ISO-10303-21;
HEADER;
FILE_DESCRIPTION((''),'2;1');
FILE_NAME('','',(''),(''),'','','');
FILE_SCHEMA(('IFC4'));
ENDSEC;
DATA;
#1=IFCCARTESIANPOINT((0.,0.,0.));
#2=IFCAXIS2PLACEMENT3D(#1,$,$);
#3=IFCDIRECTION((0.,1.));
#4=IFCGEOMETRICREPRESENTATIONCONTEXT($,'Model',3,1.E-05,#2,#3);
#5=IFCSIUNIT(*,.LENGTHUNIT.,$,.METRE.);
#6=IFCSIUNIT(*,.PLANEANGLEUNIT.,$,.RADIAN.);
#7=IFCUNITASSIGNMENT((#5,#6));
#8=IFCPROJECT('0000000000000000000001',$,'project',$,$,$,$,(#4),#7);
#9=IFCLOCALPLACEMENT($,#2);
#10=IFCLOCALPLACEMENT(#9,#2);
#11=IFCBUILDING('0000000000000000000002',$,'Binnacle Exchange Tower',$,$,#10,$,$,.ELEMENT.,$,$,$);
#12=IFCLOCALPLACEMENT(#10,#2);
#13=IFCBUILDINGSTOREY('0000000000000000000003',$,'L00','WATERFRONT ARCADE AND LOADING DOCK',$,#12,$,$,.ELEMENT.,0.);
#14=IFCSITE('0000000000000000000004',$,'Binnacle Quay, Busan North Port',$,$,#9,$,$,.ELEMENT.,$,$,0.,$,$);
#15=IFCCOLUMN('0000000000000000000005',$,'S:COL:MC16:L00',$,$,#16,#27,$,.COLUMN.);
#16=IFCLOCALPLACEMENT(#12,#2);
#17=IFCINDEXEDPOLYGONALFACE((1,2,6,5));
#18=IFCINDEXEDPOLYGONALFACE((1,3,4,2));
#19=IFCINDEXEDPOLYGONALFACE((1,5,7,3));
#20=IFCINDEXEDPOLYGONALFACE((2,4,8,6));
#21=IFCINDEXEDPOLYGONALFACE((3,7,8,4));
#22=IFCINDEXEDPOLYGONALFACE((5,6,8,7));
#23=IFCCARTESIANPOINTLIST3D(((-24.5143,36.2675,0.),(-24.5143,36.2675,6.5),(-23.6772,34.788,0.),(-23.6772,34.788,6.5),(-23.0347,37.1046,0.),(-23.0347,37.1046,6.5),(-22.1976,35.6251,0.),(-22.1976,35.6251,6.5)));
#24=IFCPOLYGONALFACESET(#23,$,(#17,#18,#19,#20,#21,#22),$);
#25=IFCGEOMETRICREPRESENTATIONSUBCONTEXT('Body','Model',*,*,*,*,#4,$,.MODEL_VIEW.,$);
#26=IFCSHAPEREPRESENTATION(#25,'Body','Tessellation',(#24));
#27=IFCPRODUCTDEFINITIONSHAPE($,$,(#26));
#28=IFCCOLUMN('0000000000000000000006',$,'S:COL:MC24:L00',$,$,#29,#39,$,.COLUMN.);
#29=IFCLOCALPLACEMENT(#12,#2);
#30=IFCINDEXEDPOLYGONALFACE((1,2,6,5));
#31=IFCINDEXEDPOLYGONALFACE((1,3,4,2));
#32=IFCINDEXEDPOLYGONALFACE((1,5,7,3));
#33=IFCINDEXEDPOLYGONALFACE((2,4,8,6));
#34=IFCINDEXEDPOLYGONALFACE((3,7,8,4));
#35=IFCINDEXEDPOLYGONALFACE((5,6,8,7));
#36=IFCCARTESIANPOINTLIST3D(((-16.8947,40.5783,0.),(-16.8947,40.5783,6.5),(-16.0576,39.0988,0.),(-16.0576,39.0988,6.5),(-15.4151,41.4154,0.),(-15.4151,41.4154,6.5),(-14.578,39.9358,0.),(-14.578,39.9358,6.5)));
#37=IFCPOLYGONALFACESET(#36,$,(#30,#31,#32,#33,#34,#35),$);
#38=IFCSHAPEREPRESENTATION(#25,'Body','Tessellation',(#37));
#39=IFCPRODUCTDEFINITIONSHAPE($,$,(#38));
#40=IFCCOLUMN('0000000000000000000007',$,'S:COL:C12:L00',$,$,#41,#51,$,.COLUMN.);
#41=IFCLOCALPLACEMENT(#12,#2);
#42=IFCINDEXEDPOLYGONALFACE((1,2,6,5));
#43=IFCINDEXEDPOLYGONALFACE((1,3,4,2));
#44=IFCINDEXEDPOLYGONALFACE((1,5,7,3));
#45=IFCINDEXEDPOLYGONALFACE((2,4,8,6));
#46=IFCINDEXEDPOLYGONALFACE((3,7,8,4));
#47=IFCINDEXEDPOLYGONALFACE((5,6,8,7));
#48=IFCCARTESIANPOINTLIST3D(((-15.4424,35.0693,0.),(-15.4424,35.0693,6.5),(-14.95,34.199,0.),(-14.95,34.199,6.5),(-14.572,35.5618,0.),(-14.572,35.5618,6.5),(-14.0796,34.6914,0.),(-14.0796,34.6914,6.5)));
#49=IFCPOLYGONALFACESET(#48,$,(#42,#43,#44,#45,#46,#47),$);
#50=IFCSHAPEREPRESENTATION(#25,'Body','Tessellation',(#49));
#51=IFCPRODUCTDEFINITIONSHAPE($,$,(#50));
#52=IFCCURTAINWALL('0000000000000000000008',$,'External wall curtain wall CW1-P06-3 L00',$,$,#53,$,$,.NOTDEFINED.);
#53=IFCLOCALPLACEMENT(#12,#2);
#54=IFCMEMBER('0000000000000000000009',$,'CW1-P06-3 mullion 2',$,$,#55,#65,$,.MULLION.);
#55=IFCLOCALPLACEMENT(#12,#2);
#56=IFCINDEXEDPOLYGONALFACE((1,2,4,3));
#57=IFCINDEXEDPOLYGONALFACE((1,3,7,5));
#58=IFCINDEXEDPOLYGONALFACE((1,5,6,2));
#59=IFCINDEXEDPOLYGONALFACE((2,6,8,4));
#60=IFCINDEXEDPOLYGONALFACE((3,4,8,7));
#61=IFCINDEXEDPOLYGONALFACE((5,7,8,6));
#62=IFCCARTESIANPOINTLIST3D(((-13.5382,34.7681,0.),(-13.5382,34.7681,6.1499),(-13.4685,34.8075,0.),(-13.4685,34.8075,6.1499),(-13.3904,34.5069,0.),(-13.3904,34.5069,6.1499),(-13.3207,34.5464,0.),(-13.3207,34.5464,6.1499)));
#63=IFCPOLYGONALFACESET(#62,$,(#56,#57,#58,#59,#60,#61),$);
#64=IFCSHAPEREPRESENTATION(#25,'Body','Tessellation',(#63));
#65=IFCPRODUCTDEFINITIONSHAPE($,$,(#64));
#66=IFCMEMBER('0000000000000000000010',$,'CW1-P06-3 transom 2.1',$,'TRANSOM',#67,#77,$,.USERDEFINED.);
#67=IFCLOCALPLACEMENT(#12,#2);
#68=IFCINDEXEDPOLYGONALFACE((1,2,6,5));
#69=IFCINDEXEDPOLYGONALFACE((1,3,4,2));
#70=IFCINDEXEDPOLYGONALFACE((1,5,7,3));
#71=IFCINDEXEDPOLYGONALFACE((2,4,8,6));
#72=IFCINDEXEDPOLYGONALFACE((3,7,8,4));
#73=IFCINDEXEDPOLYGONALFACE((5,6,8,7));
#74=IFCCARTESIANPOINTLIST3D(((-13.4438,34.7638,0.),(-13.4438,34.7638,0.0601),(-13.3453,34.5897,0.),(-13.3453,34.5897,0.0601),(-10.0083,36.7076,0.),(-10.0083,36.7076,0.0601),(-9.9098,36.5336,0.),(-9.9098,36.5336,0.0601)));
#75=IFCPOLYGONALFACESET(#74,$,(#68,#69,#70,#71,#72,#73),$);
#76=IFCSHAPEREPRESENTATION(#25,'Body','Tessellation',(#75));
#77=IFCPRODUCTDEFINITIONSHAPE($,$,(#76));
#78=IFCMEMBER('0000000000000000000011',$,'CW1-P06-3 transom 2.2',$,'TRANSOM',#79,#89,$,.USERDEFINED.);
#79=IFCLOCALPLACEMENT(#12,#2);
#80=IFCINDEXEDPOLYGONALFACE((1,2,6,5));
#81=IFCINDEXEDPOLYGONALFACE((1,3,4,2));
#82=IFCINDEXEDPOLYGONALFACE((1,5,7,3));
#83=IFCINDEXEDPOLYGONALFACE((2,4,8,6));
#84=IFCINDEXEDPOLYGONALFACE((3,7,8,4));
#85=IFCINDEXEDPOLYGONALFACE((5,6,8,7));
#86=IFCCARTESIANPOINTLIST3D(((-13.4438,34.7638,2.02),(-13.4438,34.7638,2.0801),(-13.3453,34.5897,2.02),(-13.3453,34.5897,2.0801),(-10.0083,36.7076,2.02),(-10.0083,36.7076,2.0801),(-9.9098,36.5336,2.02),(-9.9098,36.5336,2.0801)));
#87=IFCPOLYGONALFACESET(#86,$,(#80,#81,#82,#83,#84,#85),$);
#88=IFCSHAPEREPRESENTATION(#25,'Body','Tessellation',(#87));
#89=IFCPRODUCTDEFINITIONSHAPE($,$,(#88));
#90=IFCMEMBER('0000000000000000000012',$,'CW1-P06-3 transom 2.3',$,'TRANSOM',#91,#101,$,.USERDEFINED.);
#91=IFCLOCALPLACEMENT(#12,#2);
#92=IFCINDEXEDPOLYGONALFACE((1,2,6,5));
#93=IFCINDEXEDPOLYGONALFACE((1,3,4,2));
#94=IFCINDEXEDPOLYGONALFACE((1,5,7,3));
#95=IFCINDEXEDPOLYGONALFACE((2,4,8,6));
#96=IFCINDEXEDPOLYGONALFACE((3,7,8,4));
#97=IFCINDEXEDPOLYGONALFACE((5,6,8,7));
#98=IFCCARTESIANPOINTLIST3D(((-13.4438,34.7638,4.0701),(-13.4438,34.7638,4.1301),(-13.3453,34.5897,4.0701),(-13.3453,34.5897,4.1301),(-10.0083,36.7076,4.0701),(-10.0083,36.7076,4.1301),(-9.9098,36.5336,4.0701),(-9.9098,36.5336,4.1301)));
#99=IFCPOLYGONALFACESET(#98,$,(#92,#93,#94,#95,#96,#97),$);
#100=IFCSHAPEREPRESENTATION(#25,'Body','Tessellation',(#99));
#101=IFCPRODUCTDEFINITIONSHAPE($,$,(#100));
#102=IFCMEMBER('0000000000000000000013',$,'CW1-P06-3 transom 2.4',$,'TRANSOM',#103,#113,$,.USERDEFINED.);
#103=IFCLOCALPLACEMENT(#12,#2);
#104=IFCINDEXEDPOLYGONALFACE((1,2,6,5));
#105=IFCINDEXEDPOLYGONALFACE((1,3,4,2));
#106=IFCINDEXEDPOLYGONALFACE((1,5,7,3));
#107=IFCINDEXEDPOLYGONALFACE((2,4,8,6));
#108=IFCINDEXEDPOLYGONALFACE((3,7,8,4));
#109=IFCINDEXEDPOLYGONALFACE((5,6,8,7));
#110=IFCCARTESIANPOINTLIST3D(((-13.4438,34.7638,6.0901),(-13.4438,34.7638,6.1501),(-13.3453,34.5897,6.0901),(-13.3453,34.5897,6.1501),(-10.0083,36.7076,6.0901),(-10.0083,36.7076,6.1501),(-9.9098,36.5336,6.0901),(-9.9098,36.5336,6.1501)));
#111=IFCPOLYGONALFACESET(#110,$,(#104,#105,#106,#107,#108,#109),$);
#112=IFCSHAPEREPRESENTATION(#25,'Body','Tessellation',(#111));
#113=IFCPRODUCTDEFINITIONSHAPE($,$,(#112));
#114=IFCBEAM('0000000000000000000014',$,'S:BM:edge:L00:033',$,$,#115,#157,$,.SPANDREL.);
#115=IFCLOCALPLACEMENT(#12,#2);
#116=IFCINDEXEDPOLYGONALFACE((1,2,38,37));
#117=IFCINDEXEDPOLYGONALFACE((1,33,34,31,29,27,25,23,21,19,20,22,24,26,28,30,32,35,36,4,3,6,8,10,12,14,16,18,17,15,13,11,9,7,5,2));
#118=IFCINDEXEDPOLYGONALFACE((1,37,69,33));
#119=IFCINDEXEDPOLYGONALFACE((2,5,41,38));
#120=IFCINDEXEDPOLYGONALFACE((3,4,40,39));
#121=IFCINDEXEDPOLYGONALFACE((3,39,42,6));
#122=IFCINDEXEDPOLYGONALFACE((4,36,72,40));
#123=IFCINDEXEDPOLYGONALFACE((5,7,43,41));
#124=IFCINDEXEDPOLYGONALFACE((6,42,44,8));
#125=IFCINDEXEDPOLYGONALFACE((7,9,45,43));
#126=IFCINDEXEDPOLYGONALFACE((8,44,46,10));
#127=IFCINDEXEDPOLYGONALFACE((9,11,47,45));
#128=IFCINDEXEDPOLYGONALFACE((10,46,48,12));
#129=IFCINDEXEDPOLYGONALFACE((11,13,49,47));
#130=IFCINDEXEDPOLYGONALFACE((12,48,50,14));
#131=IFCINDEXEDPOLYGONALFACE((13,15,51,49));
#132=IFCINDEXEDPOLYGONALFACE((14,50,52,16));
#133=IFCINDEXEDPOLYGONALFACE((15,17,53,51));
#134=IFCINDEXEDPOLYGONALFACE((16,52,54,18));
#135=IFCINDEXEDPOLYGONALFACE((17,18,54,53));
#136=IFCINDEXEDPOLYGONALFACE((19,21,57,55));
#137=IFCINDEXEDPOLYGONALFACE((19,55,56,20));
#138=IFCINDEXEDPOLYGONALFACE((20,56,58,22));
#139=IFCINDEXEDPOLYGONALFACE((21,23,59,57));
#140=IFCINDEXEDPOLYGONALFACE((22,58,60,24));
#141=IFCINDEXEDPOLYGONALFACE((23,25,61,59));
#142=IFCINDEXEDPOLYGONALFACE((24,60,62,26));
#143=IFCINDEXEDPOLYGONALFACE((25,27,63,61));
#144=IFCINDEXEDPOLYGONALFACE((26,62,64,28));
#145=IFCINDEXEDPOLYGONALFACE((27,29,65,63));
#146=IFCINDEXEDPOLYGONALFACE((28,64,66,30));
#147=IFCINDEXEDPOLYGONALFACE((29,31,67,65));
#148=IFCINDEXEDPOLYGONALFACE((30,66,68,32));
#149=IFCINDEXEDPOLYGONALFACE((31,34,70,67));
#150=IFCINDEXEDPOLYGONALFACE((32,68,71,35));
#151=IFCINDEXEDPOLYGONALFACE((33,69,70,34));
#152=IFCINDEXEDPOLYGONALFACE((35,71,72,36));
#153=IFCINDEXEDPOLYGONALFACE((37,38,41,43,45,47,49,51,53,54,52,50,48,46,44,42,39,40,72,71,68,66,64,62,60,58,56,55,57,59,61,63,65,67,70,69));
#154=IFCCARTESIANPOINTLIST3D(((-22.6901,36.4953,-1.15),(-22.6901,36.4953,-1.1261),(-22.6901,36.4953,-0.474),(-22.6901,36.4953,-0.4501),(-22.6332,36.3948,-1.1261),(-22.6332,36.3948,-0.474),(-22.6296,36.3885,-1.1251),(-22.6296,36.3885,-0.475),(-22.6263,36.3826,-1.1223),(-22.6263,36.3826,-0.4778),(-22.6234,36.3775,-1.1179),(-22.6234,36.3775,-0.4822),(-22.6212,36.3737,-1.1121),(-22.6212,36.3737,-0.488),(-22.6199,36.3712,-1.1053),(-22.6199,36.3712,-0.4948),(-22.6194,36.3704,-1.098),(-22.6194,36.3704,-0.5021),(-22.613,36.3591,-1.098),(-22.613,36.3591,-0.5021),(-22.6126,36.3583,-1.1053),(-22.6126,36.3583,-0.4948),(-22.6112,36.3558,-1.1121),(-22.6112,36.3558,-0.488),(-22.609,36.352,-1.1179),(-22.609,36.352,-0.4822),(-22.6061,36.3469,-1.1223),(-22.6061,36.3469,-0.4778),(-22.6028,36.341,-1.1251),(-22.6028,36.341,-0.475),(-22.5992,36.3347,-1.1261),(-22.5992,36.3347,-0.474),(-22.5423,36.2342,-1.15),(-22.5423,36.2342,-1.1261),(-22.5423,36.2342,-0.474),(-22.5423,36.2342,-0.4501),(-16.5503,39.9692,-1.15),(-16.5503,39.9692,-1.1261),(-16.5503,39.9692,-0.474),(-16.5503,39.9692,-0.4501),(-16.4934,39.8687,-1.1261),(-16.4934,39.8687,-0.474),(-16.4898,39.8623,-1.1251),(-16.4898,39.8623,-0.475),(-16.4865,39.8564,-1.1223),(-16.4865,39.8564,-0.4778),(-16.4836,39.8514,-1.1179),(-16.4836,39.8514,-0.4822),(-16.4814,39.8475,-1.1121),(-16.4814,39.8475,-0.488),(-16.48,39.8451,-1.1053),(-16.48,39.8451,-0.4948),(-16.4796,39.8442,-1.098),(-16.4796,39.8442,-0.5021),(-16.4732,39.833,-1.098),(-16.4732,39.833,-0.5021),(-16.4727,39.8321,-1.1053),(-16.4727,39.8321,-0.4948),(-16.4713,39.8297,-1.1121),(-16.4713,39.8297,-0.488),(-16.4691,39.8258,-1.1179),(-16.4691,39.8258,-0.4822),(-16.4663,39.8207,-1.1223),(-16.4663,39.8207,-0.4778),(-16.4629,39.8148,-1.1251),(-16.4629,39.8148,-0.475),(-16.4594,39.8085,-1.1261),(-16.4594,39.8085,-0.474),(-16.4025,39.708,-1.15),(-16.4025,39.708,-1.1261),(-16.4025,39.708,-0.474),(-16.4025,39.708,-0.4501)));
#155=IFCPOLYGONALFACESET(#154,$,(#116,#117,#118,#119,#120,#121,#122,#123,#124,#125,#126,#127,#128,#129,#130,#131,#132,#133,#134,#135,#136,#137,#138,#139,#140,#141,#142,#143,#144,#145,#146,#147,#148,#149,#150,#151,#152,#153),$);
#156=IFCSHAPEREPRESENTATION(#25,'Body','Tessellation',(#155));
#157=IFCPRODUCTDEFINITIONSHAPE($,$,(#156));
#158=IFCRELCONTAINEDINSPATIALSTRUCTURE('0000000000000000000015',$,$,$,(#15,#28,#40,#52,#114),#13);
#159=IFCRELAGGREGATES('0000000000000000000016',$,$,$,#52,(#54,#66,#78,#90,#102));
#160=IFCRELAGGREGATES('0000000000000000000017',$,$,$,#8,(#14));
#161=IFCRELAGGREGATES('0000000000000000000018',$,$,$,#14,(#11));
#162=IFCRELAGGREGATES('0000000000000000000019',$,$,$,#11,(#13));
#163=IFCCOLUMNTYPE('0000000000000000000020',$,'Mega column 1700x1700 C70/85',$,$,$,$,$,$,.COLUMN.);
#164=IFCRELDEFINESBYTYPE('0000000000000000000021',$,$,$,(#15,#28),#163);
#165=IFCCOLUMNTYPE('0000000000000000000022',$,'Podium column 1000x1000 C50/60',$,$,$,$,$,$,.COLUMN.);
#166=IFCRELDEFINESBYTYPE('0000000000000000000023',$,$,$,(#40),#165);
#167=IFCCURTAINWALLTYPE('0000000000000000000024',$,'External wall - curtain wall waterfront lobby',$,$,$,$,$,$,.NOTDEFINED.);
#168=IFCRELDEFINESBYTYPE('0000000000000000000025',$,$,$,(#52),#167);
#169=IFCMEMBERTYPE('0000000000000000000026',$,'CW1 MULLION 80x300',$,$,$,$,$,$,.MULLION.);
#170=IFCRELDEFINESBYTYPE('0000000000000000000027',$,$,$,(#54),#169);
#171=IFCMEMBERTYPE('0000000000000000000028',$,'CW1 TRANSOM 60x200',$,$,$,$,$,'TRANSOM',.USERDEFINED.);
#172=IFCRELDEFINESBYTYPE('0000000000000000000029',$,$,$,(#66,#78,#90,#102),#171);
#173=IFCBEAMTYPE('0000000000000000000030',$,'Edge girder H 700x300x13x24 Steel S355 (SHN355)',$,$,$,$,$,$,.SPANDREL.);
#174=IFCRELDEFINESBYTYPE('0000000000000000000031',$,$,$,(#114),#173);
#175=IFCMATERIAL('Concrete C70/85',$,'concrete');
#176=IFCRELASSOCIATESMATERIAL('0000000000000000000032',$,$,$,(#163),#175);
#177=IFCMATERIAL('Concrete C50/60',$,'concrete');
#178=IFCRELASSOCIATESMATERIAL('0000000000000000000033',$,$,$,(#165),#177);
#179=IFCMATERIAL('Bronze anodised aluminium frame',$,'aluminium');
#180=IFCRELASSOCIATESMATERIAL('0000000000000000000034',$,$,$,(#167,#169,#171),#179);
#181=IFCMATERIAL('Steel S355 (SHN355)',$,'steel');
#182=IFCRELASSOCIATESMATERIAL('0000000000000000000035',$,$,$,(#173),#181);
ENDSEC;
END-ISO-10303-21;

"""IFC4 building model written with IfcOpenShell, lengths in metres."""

from ifc_helpers import new_model, si_unit, direction, frame, origin, origin_2d, place, context, subcontext, project, spatial, rectangle, i_section, extrude, material, material_profile, profile_set, type_object, element, aggregate, save


model = new_model("IFC4")

# Units and contexts
model_context = context("Model", 3, precision=1e-05, world=origin(), true_north=direction((0.0, 1.0)))
body_context = subcontext(model_context, "Body", "Model", "MODEL_VIEW")
ifc_project = project(units=[si_unit("LENGTHUNIT", "METRE"), si_unit("PLANEANGLEUNIT", "RADIAN")], contexts=[model_context])

# Site, building, storey
site_placement = place(None, origin())
site = spatial("IfcSite", under=ifc_project, at=site_placement, Name="Binnacle Quay, Busan North Port", CompositionType="ELEMENT", RefElevation=0.0)
building_placement = place(site_placement, origin())
building = spatial("IfcBuilding", under=site, at=building_placement, Name="Binnacle Exchange Tower", CompositionType="ELEMENT")
storey_placement = place(building_placement, origin())
storey = spatial("IfcBuildingStorey", under=building, at=storey_placement, Name="L00", Description="WATERFRONT ARCADE AND LOADING DOCK", CompositionType="ELEMENT", Elevation=0.0)

# Columns
ifc_material_1 = material(Name="Concrete C70/85", Category="concrete")
ifc_material_profile_1 = material_profile(ifc_material_1, rectangle(XDim=1.7, YDim=1.7, at=origin_2d()), Name="Mega column 1700x1700 C70/85")
ifc_profile_set_1 = profile_set([ifc_material_profile_1], Name="Concrete C70/85")
column_type_1 = type_object("IfcColumnType", Name="Mega column 1700x1700 C70/85", PredefinedType="COLUMN", material=ifc_profile_set_1)
for number, where, z_axis, x_axis, name in (
    (1, (-23.356, 35.9463, 0.0), (0.0, 0.0, 1.0), (0.870356, 0.492424, 0.0), "S:COL:MC16:L00"),
    (2, (-15.7363, 40.2571, 0.0), (0.0, 0.0, 1.0), (0.870356, 0.492424, 0.0), "S:COL:MC24:L00"),
):
    element("IfcColumn", number, at=place(storey_placement, frame(where, z_axis=z_axis, x_axis=x_axis)), inside=storey, type_object=column_type_1, Name=name, PredefinedType="COLUMN", context=body_context, shape_type="SweptSolid", body=[
        extrude(rectangle(XDim=1.7, YDim=1.7, at=origin_2d()), origin(), (0.0, 0.0, 1.0), 6.5),
    ])
ifc_material_2 = material(Name="Concrete C50/60", Category="concrete")
ifc_material_profile_2 = material_profile(ifc_material_2, rectangle(XDim=1.0, YDim=1.0, at=origin_2d()), Name="Podium column 1000x1000 C50/60")
ifc_profile_set_2 = profile_set([ifc_material_profile_2], Name="Concrete C50/60")
column_type_2 = type_object("IfcColumnType", Name="Podium column 1000x1000 C50/60", PredefinedType="COLUMN", material=ifc_profile_set_2)
column_placement = place(storey_placement, frame((-14.761, 34.8804, 0.0), z_axis=(0.0, 0.0, 1.0), x_axis=(0.870356, 0.492424, 0.0)))
element("IfcColumn", 3, at=column_placement, inside=storey, type_object=column_type_2, Name="S:COL:C12:L00", PredefinedType="COLUMN", context=body_context, shape_type="SweptSolid", body=[
    extrude(rectangle(XDim=1.0, YDim=1.0, at=origin_2d()), origin(), (0.0, 0.0, 1.0), 6.5),
])

# Curtain wall, members
ifc_material_3 = material(Name="Bronze anodised aluminium frame", Category="aluminium")
curtain_wall_type = type_object("IfcCurtainWallType", Name="External wall - curtain wall waterfront lobby", PredefinedType="NOTDEFINED", material=ifc_material_3)
curtain_wall_placement = place(storey_placement, origin())
curtain_wall = element("IfcCurtainWall", 4, at=curtain_wall_placement, inside=storey, type_object=curtain_wall_type, Name="External wall curtain wall CW1-P06-3 L00", PredefinedType="NOTDEFINED")
ifc_material_profile_3 = material_profile(ifc_material_3, rectangle(XDim=0.3, YDim=0.0801, at=origin_2d()), Name="AL 80x300")
ifc_profile_set_3 = profile_set([ifc_material_profile_3], Name="Bronze anodised aluminium frame")
member_type_1 = type_object("IfcMemberType", Name="CW1 MULLION 80x300", PredefinedType="MULLION", material=ifc_profile_set_3)
member_1_placement = place(storey_placement, frame((-13.4294, 34.6572, 0.0), z_axis=(0.0, 0.0, 1.0), x_axis=(-0.492424, 0.870356, 0.0)))
member_1 = element("IfcMember", 5, at=member_1_placement, type_object=member_type_1, Name="CW1-P06-3 mullion 2", PredefinedType="MULLION", context=body_context, shape_type="SweptSolid", body=[
    extrude(rectangle(XDim=0.3, YDim=0.0801, at=origin_2d()), origin(), (0.0, 0.0, 1.0), 6.1499),
])
ifc_material_profile_4 = material_profile(ifc_material_3, rectangle(XDim=0.2, YDim=0.0601, at=origin_2d()), Name="AL 200x60")
ifc_profile_set_4 = profile_set([ifc_material_profile_4], Name="Bronze anodised aluminium frame")
member_type_2 = type_object("IfcMemberType", Name="CW1 TRANSOM 60x200", ElementType="TRANSOM", PredefinedType="USERDEFINED", material=ifc_profile_set_4)
member_2_placement = place(storey_placement, frame((-13.3945, 34.6768, 0.03), z_axis=(0.870344, 0.492444, 0.0), x_axis=(-0.492444, 0.870344, 0.0)))
member_2 = element("IfcMember", 6, at=member_2_placement, type_object=member_type_2, Name="CW1-P06-3 transom 2.1", ObjectType="TRANSOM", PredefinedType="USERDEFINED", context=body_context, shape_type="SweptSolid", body=[
    extrude(rectangle(XDim=0.2, YDim=0.0601, at=origin_2d()), origin(), (0.0, 0.0, 1.0), 3.9473),
])
member_3_placement = place(storey_placement, frame((-13.3945, 34.6768, 2.05), z_axis=(0.870344, 0.492444, 0.0), x_axis=(-0.492444, 0.870344, 0.0)))
member_3 = element("IfcMember", 7, at=member_3_placement, type_object=member_type_2, Name="CW1-P06-3 transom 2.2", ObjectType="TRANSOM", PredefinedType="USERDEFINED", context=body_context, shape_type="SweptSolid", body=[
    extrude(rectangle(XDim=0.2, YDim=0.0601, at=origin_2d()), origin(), (0.0, 0.0, 1.0), 3.9473),
])
member_4_placement = place(storey_placement, frame((-13.3945, 34.6768, 4.1001), z_axis=(0.870344, 0.492444, 0.0), x_axis=(-0.492444, 0.870344, 0.0)))
member_4 = element("IfcMember", 8, at=member_4_placement, type_object=member_type_2, Name="CW1-P06-3 transom 2.3", ObjectType="TRANSOM", PredefinedType="USERDEFINED", context=body_context, shape_type="SweptSolid", body=[
    extrude(rectangle(XDim=0.2, YDim=0.0601, at=origin_2d()), origin(), (0.0, 0.0, 1.0), 3.9473),
])
member_5_placement = place(storey_placement, frame((-13.3945, 34.6768, 6.1201), z_axis=(0.870344, 0.492444, 0.0), x_axis=(-0.492444, 0.870344, 0.0)))
member_5 = element("IfcMember", 9, at=member_5_placement, type_object=member_type_2, Name="CW1-P06-3 transom 2.4", ObjectType="TRANSOM", PredefinedType="USERDEFINED", context=body_context, shape_type="SweptSolid", body=[
    extrude(rectangle(XDim=0.2, YDim=0.0601, at=origin_2d()), origin(), (0.0, 0.0, 1.0), 3.9473),
])

# Beam
ifc_material_4 = material(Name="Steel S355 (SHN355)", Category="steel")
ifc_material_profile_5 = material_profile(ifc_material_4, i_section(OverallWidth=0.3, OverallDepth=0.7, WebThickness=0.0129, FlangeThickness=0.0239, FilletRadius=0.0281, at=origin_2d()), Name="H 700x300x13x24")
ifc_profile_set_5 = profile_set([ifc_material_profile_5], Name="Steel S355 (SHN355)")
beam_type_1 = type_object("IfcBeamType", Name="Edge girder H 700x300x13x24 Steel S355 (SHN355)", PredefinedType="SPANDREL", material=ifc_profile_set_5)
beam_1_placement = place(storey_placement, frame((-22.6162, 36.3647, -0.8), z_axis=(0.87035, 0.492434, 0.0), x_axis=(-0.492434, 0.87035, 0.0)))
element("IfcBeam", 10, at=beam_1_placement, inside=storey, type_object=beam_type_1, Name="S:BM:edge:L00:033", PredefinedType="SPANDREL", context=body_context, shape_type="SweptSolid", body=[
    extrude(i_section(OverallWidth=0.3, OverallDepth=0.7, WebThickness=0.0129, FlangeThickness=0.0239, FilletRadius=0.0281, at=origin_2d()), origin(), (0.0, 0.0, 1.0), 7.0544),
])

aggregate(curtain_wall, [member_1, member_2, member_3, member_4, member_5])

save(model, "model.ifc")
